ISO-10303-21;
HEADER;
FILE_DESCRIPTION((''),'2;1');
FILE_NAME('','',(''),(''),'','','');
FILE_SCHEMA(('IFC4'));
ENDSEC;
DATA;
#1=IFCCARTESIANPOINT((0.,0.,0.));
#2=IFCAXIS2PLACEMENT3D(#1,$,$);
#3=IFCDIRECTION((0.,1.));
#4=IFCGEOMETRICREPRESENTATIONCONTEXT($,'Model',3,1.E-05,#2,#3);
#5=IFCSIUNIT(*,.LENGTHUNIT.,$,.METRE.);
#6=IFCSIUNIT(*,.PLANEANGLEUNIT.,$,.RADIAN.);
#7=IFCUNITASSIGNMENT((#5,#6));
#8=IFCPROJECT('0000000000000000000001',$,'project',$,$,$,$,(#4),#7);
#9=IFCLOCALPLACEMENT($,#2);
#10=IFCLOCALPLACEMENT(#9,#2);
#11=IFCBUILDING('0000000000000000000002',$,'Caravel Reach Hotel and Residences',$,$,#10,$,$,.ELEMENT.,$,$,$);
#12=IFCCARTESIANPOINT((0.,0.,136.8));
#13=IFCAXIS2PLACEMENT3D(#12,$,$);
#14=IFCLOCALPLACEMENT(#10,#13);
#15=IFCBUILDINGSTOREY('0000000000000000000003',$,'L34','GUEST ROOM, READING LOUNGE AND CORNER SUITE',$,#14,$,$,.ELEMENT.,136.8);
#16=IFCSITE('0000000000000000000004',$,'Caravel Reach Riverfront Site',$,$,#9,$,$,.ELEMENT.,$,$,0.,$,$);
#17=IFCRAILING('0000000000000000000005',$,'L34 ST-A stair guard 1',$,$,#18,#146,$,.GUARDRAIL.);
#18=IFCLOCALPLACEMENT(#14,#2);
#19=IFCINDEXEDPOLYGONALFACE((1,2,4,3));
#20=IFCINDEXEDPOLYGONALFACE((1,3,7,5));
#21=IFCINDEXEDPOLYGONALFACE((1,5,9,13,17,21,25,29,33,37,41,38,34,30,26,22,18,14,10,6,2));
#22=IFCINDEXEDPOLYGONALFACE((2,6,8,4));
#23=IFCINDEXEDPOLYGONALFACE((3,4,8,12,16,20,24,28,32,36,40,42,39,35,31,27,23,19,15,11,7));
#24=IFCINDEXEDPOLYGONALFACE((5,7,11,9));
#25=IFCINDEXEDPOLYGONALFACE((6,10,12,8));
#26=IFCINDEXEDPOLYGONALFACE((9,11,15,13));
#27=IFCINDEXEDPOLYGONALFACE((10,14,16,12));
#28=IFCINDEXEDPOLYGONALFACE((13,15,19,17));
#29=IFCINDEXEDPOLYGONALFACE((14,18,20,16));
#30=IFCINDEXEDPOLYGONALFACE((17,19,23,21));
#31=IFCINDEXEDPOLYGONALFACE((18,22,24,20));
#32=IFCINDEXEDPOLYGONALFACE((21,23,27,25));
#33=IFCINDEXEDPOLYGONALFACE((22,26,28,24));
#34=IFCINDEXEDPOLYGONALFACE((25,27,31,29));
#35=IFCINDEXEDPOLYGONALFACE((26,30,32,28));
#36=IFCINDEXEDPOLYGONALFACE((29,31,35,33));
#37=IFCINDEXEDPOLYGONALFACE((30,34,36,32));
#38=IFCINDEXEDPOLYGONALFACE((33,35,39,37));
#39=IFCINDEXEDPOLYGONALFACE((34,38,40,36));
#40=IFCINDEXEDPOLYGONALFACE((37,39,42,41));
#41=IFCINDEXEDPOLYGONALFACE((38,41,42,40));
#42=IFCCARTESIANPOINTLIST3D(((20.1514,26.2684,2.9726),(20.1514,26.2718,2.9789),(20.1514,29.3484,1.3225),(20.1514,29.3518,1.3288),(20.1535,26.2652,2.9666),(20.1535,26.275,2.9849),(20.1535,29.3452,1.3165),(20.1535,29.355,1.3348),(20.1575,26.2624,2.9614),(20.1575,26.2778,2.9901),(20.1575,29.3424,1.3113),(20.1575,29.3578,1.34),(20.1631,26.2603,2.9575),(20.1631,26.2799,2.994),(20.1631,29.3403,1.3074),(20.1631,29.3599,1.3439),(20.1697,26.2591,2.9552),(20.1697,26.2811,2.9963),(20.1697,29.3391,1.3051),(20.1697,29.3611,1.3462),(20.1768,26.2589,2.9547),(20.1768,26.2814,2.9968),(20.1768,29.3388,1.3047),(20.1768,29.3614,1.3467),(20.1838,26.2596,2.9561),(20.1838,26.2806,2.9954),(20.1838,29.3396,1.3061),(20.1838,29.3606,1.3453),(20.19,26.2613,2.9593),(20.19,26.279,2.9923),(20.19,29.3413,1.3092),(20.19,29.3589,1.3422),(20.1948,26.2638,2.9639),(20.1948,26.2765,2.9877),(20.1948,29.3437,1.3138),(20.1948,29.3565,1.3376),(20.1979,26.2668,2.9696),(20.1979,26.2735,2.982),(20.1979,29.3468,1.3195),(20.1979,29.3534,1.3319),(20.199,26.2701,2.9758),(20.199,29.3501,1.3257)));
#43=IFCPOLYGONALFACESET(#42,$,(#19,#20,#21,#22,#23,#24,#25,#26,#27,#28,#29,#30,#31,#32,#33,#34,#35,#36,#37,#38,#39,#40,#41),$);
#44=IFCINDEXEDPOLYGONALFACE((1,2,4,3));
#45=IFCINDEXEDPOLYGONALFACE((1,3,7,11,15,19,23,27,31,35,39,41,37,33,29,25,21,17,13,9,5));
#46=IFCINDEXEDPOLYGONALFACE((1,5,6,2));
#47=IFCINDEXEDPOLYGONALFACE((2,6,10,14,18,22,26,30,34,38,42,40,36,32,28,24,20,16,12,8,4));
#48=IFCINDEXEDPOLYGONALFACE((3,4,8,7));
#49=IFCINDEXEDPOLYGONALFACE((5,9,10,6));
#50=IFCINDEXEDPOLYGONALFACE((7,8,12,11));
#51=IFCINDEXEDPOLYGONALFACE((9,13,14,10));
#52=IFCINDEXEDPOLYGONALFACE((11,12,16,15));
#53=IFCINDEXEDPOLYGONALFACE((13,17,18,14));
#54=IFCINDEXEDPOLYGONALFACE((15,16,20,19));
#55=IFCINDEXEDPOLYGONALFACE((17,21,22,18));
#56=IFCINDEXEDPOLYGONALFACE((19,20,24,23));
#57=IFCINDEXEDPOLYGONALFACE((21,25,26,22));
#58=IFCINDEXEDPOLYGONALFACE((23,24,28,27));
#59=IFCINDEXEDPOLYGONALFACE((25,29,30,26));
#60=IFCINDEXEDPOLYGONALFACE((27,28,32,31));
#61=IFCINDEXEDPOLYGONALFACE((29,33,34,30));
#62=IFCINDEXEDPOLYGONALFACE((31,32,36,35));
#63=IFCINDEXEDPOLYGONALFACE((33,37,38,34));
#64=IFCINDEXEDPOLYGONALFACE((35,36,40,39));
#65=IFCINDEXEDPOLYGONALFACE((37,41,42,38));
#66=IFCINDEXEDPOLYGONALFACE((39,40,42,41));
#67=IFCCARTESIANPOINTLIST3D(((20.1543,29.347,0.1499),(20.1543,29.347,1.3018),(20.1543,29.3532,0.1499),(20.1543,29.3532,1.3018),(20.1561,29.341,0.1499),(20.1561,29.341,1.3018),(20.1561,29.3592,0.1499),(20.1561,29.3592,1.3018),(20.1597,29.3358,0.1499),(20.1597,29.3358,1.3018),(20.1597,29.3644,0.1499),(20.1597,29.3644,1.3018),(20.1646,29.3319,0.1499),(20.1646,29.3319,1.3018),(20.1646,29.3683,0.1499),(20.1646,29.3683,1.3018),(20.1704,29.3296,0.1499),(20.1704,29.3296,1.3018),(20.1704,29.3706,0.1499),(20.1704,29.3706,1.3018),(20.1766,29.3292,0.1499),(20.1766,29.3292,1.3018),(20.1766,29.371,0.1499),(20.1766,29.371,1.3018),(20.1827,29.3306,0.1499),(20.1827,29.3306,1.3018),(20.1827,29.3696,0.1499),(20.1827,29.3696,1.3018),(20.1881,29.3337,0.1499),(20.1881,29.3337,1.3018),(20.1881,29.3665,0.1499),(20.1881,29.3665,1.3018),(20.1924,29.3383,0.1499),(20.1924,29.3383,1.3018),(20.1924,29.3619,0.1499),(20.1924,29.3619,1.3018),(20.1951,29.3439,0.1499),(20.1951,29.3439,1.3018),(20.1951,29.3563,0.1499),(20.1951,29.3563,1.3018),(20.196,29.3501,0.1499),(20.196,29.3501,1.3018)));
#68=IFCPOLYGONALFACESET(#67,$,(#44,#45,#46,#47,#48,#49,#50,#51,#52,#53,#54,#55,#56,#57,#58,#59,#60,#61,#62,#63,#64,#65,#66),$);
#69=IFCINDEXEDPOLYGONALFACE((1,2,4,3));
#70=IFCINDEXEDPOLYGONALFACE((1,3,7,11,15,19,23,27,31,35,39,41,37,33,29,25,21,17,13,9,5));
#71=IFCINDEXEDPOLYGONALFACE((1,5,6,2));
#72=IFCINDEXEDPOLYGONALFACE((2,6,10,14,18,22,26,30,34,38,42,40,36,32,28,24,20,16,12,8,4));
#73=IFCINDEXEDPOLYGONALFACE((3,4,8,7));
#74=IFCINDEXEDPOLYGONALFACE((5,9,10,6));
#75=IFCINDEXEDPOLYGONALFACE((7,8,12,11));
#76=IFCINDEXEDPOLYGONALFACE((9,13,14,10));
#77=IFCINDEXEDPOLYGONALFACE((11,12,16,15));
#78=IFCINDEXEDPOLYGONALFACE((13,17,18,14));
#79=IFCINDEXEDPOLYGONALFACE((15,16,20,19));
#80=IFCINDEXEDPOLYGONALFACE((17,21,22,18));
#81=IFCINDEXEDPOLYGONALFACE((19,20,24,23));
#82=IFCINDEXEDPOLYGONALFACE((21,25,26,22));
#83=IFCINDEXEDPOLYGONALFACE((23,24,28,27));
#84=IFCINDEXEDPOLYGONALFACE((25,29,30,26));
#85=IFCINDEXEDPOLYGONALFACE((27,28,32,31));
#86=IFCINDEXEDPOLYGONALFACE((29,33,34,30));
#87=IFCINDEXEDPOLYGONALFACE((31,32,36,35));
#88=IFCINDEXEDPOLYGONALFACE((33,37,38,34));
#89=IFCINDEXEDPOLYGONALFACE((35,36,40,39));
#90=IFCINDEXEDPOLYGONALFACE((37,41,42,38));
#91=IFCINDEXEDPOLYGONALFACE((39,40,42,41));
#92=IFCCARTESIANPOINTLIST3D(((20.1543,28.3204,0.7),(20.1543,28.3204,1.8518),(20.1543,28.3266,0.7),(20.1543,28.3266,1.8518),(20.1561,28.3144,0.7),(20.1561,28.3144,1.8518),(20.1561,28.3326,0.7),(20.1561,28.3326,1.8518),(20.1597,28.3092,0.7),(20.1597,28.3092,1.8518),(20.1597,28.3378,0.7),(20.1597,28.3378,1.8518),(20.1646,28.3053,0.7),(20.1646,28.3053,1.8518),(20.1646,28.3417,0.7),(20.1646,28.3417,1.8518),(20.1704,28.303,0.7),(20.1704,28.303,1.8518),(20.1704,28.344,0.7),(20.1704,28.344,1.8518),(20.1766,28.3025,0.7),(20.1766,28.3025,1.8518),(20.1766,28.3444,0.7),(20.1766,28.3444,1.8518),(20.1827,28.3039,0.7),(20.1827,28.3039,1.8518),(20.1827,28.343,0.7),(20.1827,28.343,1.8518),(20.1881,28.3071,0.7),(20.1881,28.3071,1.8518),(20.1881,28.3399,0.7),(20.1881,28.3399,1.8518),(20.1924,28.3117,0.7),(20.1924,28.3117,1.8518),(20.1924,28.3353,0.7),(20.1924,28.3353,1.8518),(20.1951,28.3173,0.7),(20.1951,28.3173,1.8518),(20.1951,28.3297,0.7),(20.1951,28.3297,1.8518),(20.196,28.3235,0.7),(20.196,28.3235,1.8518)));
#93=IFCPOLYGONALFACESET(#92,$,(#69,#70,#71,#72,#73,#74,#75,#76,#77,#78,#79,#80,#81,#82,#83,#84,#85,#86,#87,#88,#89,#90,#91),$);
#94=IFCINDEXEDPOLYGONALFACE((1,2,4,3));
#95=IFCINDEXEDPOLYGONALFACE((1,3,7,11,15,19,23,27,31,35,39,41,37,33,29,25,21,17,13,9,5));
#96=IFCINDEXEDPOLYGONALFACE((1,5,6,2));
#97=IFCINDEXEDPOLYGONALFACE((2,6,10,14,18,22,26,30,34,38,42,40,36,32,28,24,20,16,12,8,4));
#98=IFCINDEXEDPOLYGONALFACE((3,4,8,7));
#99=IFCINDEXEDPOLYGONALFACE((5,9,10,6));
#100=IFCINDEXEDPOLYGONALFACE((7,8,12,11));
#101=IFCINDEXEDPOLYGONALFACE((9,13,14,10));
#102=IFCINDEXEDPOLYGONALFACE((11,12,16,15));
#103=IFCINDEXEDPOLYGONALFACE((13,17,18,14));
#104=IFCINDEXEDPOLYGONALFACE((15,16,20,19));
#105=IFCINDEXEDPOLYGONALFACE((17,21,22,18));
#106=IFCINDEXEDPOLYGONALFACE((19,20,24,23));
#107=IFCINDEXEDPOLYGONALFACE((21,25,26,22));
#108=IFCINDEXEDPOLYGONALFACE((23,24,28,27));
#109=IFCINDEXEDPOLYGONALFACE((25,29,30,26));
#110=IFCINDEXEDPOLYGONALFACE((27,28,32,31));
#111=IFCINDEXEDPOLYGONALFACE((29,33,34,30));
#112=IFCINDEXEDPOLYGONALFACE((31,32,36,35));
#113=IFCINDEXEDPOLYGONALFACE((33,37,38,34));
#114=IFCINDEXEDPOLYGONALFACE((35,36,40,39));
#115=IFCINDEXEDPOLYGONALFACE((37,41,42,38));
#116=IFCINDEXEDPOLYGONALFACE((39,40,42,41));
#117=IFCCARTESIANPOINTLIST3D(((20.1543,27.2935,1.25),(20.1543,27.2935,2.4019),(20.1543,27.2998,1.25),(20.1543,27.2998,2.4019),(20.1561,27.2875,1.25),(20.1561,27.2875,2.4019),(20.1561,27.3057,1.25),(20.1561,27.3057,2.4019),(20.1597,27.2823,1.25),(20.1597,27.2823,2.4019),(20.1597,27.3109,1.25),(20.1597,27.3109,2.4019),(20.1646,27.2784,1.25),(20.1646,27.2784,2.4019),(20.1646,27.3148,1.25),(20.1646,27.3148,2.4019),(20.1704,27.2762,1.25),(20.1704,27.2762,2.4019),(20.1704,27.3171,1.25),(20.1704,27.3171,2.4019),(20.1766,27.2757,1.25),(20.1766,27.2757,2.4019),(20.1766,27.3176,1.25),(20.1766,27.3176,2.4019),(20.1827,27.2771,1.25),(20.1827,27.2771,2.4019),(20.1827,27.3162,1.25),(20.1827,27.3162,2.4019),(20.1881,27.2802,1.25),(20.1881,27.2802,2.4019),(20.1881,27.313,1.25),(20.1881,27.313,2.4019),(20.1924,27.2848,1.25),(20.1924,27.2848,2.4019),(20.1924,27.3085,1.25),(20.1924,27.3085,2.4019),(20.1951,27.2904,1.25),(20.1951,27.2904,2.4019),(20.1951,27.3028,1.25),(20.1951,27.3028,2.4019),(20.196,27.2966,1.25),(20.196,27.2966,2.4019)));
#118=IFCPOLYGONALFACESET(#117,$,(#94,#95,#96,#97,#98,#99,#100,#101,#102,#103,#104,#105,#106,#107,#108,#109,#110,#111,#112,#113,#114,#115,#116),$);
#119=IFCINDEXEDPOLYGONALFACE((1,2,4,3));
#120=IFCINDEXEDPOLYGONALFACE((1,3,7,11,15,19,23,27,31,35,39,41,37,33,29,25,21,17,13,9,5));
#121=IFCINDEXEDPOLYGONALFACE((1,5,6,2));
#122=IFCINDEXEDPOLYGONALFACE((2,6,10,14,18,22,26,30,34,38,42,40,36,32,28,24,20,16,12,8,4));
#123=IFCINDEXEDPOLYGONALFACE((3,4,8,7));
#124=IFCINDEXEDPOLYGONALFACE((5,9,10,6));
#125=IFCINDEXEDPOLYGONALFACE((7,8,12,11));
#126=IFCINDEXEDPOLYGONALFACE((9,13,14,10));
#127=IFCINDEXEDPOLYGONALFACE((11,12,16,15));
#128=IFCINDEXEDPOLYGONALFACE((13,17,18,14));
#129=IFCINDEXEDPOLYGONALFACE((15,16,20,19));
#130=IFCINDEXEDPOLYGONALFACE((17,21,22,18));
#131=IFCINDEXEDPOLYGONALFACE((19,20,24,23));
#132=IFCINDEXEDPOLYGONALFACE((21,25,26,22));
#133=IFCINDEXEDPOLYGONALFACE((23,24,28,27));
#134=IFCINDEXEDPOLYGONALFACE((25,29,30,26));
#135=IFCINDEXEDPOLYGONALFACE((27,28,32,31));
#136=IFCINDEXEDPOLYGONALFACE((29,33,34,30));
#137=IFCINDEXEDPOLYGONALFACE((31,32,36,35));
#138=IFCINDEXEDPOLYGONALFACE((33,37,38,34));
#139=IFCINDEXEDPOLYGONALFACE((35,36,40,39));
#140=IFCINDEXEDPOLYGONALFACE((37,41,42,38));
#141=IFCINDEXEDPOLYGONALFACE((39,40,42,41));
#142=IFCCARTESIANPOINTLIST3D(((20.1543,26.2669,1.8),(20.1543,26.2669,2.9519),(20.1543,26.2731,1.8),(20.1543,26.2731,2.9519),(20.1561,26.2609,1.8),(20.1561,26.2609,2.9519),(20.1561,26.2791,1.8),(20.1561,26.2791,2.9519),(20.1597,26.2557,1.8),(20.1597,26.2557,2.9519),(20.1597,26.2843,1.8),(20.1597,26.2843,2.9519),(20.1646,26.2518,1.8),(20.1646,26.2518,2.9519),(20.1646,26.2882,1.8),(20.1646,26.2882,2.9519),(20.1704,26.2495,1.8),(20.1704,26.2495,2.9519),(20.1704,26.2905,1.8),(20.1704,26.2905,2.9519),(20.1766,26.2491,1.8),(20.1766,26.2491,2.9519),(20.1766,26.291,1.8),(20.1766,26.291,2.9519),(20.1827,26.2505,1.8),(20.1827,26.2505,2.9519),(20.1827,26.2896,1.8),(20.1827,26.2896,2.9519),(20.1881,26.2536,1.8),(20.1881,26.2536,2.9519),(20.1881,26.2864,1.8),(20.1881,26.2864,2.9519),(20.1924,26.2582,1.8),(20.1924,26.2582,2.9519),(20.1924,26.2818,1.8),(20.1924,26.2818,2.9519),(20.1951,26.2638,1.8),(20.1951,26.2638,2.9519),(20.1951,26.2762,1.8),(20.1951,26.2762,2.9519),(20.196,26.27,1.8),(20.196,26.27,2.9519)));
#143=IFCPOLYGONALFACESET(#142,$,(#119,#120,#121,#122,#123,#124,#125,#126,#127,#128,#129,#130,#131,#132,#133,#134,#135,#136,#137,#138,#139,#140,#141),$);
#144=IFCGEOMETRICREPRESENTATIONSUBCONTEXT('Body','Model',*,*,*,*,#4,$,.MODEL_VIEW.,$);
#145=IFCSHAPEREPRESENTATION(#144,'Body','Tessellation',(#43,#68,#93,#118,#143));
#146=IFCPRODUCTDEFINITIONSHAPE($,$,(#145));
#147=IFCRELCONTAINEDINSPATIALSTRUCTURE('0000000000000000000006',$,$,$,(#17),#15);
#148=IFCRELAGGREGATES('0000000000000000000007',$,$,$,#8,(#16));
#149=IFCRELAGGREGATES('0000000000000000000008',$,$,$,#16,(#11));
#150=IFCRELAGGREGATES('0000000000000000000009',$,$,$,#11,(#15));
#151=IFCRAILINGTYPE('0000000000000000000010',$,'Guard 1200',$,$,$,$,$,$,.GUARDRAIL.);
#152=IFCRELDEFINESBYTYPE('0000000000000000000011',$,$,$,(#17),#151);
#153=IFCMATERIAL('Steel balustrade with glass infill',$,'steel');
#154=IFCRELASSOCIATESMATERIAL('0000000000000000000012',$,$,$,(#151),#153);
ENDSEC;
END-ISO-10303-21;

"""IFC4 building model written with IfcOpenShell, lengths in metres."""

from ifc_helpers import new_model, si_unit, direction, frame, origin, origin_2d, place, context, subcontext, project, spatial, circle, extrude, material, type_object, element, save


model = new_model("IFC4")

# Units and contexts
model_context = context("Model", 3, precision=1e-05, world=origin(), true_north=direction((0.0, 1.0)))
body_context = subcontext(model_context, "Body", "Model", "MODEL_VIEW")
ifc_project = project(units=[si_unit("LENGTHUNIT", "METRE"), si_unit("PLANEANGLEUNIT", "RADIAN")], contexts=[model_context])

# Site, building, storey
site_placement = place(None, origin())
site = spatial("IfcSite", under=ifc_project, at=site_placement, Name="Caravel Reach Riverfront Site", CompositionType="ELEMENT", RefElevation=0.0)
building_placement = place(site_placement, origin())
building = spatial("IfcBuilding", under=site, at=building_placement, Name="Caravel Reach Hotel and Residences", CompositionType="ELEMENT")
storey_placement = place(building_placement, frame((0.0, 0.0, 136.8)))
storey = spatial("IfcBuildingStorey", under=building, at=storey_placement, Name="L34", Description="GUEST ROOM, READING LOUNGE AND CORNER SUITE", CompositionType="ELEMENT", Elevation=136.8)

# Railing
ifc_material_1 = material(Name="Steel balustrade with glass infill", Category="steel")
railing_type_1 = type_object("IfcRailingType", Name="Guard 1200", PredefinedType="GUARDRAIL", material=ifc_material_1)
railing_1_placement = place(storey_placement, frame((20.175, 29.3501, 0.1499)))
element("IfcRailing", 1, at=railing_1_placement, inside=storey, type_object=railing_type_1, Name="L34 ST-A stair guard 1", PredefinedType="GUARDRAIL", context=body_context, shape_type="SweptSolid", body=[
    extrude(circle(Radius=0.0239, at=origin_2d()), frame((0.0, 0.0, 1.1758), z_axis=(0.0, -0.881468, 0.472245), x_axis=(1.0, 0.0, 0.0)), (0.0, 0.0, 1.0), 3.4941),
    extrude(circle(Radius=0.021, at=origin_2d()), origin(), (0.0, 0.0, 1.0), 1.1519),
    extrude(circle(Radius=0.021, at=origin_2d()), frame((0.0, -1.0266, 0.55)), (0.0, 0.0, 1.0), 1.1519),
    extrude(circle(Radius=0.021, at=origin_2d()), frame((0.0, -2.0535, 1.1001)), (0.0, 0.0, 1.0), 1.1519),
    extrude(circle(Radius=0.021, at=origin_2d()), frame((0.0, -3.0801, 1.6501)), (0.0, 0.0, 1.0), 1.1519),
])

save(model, "model.ifc")
